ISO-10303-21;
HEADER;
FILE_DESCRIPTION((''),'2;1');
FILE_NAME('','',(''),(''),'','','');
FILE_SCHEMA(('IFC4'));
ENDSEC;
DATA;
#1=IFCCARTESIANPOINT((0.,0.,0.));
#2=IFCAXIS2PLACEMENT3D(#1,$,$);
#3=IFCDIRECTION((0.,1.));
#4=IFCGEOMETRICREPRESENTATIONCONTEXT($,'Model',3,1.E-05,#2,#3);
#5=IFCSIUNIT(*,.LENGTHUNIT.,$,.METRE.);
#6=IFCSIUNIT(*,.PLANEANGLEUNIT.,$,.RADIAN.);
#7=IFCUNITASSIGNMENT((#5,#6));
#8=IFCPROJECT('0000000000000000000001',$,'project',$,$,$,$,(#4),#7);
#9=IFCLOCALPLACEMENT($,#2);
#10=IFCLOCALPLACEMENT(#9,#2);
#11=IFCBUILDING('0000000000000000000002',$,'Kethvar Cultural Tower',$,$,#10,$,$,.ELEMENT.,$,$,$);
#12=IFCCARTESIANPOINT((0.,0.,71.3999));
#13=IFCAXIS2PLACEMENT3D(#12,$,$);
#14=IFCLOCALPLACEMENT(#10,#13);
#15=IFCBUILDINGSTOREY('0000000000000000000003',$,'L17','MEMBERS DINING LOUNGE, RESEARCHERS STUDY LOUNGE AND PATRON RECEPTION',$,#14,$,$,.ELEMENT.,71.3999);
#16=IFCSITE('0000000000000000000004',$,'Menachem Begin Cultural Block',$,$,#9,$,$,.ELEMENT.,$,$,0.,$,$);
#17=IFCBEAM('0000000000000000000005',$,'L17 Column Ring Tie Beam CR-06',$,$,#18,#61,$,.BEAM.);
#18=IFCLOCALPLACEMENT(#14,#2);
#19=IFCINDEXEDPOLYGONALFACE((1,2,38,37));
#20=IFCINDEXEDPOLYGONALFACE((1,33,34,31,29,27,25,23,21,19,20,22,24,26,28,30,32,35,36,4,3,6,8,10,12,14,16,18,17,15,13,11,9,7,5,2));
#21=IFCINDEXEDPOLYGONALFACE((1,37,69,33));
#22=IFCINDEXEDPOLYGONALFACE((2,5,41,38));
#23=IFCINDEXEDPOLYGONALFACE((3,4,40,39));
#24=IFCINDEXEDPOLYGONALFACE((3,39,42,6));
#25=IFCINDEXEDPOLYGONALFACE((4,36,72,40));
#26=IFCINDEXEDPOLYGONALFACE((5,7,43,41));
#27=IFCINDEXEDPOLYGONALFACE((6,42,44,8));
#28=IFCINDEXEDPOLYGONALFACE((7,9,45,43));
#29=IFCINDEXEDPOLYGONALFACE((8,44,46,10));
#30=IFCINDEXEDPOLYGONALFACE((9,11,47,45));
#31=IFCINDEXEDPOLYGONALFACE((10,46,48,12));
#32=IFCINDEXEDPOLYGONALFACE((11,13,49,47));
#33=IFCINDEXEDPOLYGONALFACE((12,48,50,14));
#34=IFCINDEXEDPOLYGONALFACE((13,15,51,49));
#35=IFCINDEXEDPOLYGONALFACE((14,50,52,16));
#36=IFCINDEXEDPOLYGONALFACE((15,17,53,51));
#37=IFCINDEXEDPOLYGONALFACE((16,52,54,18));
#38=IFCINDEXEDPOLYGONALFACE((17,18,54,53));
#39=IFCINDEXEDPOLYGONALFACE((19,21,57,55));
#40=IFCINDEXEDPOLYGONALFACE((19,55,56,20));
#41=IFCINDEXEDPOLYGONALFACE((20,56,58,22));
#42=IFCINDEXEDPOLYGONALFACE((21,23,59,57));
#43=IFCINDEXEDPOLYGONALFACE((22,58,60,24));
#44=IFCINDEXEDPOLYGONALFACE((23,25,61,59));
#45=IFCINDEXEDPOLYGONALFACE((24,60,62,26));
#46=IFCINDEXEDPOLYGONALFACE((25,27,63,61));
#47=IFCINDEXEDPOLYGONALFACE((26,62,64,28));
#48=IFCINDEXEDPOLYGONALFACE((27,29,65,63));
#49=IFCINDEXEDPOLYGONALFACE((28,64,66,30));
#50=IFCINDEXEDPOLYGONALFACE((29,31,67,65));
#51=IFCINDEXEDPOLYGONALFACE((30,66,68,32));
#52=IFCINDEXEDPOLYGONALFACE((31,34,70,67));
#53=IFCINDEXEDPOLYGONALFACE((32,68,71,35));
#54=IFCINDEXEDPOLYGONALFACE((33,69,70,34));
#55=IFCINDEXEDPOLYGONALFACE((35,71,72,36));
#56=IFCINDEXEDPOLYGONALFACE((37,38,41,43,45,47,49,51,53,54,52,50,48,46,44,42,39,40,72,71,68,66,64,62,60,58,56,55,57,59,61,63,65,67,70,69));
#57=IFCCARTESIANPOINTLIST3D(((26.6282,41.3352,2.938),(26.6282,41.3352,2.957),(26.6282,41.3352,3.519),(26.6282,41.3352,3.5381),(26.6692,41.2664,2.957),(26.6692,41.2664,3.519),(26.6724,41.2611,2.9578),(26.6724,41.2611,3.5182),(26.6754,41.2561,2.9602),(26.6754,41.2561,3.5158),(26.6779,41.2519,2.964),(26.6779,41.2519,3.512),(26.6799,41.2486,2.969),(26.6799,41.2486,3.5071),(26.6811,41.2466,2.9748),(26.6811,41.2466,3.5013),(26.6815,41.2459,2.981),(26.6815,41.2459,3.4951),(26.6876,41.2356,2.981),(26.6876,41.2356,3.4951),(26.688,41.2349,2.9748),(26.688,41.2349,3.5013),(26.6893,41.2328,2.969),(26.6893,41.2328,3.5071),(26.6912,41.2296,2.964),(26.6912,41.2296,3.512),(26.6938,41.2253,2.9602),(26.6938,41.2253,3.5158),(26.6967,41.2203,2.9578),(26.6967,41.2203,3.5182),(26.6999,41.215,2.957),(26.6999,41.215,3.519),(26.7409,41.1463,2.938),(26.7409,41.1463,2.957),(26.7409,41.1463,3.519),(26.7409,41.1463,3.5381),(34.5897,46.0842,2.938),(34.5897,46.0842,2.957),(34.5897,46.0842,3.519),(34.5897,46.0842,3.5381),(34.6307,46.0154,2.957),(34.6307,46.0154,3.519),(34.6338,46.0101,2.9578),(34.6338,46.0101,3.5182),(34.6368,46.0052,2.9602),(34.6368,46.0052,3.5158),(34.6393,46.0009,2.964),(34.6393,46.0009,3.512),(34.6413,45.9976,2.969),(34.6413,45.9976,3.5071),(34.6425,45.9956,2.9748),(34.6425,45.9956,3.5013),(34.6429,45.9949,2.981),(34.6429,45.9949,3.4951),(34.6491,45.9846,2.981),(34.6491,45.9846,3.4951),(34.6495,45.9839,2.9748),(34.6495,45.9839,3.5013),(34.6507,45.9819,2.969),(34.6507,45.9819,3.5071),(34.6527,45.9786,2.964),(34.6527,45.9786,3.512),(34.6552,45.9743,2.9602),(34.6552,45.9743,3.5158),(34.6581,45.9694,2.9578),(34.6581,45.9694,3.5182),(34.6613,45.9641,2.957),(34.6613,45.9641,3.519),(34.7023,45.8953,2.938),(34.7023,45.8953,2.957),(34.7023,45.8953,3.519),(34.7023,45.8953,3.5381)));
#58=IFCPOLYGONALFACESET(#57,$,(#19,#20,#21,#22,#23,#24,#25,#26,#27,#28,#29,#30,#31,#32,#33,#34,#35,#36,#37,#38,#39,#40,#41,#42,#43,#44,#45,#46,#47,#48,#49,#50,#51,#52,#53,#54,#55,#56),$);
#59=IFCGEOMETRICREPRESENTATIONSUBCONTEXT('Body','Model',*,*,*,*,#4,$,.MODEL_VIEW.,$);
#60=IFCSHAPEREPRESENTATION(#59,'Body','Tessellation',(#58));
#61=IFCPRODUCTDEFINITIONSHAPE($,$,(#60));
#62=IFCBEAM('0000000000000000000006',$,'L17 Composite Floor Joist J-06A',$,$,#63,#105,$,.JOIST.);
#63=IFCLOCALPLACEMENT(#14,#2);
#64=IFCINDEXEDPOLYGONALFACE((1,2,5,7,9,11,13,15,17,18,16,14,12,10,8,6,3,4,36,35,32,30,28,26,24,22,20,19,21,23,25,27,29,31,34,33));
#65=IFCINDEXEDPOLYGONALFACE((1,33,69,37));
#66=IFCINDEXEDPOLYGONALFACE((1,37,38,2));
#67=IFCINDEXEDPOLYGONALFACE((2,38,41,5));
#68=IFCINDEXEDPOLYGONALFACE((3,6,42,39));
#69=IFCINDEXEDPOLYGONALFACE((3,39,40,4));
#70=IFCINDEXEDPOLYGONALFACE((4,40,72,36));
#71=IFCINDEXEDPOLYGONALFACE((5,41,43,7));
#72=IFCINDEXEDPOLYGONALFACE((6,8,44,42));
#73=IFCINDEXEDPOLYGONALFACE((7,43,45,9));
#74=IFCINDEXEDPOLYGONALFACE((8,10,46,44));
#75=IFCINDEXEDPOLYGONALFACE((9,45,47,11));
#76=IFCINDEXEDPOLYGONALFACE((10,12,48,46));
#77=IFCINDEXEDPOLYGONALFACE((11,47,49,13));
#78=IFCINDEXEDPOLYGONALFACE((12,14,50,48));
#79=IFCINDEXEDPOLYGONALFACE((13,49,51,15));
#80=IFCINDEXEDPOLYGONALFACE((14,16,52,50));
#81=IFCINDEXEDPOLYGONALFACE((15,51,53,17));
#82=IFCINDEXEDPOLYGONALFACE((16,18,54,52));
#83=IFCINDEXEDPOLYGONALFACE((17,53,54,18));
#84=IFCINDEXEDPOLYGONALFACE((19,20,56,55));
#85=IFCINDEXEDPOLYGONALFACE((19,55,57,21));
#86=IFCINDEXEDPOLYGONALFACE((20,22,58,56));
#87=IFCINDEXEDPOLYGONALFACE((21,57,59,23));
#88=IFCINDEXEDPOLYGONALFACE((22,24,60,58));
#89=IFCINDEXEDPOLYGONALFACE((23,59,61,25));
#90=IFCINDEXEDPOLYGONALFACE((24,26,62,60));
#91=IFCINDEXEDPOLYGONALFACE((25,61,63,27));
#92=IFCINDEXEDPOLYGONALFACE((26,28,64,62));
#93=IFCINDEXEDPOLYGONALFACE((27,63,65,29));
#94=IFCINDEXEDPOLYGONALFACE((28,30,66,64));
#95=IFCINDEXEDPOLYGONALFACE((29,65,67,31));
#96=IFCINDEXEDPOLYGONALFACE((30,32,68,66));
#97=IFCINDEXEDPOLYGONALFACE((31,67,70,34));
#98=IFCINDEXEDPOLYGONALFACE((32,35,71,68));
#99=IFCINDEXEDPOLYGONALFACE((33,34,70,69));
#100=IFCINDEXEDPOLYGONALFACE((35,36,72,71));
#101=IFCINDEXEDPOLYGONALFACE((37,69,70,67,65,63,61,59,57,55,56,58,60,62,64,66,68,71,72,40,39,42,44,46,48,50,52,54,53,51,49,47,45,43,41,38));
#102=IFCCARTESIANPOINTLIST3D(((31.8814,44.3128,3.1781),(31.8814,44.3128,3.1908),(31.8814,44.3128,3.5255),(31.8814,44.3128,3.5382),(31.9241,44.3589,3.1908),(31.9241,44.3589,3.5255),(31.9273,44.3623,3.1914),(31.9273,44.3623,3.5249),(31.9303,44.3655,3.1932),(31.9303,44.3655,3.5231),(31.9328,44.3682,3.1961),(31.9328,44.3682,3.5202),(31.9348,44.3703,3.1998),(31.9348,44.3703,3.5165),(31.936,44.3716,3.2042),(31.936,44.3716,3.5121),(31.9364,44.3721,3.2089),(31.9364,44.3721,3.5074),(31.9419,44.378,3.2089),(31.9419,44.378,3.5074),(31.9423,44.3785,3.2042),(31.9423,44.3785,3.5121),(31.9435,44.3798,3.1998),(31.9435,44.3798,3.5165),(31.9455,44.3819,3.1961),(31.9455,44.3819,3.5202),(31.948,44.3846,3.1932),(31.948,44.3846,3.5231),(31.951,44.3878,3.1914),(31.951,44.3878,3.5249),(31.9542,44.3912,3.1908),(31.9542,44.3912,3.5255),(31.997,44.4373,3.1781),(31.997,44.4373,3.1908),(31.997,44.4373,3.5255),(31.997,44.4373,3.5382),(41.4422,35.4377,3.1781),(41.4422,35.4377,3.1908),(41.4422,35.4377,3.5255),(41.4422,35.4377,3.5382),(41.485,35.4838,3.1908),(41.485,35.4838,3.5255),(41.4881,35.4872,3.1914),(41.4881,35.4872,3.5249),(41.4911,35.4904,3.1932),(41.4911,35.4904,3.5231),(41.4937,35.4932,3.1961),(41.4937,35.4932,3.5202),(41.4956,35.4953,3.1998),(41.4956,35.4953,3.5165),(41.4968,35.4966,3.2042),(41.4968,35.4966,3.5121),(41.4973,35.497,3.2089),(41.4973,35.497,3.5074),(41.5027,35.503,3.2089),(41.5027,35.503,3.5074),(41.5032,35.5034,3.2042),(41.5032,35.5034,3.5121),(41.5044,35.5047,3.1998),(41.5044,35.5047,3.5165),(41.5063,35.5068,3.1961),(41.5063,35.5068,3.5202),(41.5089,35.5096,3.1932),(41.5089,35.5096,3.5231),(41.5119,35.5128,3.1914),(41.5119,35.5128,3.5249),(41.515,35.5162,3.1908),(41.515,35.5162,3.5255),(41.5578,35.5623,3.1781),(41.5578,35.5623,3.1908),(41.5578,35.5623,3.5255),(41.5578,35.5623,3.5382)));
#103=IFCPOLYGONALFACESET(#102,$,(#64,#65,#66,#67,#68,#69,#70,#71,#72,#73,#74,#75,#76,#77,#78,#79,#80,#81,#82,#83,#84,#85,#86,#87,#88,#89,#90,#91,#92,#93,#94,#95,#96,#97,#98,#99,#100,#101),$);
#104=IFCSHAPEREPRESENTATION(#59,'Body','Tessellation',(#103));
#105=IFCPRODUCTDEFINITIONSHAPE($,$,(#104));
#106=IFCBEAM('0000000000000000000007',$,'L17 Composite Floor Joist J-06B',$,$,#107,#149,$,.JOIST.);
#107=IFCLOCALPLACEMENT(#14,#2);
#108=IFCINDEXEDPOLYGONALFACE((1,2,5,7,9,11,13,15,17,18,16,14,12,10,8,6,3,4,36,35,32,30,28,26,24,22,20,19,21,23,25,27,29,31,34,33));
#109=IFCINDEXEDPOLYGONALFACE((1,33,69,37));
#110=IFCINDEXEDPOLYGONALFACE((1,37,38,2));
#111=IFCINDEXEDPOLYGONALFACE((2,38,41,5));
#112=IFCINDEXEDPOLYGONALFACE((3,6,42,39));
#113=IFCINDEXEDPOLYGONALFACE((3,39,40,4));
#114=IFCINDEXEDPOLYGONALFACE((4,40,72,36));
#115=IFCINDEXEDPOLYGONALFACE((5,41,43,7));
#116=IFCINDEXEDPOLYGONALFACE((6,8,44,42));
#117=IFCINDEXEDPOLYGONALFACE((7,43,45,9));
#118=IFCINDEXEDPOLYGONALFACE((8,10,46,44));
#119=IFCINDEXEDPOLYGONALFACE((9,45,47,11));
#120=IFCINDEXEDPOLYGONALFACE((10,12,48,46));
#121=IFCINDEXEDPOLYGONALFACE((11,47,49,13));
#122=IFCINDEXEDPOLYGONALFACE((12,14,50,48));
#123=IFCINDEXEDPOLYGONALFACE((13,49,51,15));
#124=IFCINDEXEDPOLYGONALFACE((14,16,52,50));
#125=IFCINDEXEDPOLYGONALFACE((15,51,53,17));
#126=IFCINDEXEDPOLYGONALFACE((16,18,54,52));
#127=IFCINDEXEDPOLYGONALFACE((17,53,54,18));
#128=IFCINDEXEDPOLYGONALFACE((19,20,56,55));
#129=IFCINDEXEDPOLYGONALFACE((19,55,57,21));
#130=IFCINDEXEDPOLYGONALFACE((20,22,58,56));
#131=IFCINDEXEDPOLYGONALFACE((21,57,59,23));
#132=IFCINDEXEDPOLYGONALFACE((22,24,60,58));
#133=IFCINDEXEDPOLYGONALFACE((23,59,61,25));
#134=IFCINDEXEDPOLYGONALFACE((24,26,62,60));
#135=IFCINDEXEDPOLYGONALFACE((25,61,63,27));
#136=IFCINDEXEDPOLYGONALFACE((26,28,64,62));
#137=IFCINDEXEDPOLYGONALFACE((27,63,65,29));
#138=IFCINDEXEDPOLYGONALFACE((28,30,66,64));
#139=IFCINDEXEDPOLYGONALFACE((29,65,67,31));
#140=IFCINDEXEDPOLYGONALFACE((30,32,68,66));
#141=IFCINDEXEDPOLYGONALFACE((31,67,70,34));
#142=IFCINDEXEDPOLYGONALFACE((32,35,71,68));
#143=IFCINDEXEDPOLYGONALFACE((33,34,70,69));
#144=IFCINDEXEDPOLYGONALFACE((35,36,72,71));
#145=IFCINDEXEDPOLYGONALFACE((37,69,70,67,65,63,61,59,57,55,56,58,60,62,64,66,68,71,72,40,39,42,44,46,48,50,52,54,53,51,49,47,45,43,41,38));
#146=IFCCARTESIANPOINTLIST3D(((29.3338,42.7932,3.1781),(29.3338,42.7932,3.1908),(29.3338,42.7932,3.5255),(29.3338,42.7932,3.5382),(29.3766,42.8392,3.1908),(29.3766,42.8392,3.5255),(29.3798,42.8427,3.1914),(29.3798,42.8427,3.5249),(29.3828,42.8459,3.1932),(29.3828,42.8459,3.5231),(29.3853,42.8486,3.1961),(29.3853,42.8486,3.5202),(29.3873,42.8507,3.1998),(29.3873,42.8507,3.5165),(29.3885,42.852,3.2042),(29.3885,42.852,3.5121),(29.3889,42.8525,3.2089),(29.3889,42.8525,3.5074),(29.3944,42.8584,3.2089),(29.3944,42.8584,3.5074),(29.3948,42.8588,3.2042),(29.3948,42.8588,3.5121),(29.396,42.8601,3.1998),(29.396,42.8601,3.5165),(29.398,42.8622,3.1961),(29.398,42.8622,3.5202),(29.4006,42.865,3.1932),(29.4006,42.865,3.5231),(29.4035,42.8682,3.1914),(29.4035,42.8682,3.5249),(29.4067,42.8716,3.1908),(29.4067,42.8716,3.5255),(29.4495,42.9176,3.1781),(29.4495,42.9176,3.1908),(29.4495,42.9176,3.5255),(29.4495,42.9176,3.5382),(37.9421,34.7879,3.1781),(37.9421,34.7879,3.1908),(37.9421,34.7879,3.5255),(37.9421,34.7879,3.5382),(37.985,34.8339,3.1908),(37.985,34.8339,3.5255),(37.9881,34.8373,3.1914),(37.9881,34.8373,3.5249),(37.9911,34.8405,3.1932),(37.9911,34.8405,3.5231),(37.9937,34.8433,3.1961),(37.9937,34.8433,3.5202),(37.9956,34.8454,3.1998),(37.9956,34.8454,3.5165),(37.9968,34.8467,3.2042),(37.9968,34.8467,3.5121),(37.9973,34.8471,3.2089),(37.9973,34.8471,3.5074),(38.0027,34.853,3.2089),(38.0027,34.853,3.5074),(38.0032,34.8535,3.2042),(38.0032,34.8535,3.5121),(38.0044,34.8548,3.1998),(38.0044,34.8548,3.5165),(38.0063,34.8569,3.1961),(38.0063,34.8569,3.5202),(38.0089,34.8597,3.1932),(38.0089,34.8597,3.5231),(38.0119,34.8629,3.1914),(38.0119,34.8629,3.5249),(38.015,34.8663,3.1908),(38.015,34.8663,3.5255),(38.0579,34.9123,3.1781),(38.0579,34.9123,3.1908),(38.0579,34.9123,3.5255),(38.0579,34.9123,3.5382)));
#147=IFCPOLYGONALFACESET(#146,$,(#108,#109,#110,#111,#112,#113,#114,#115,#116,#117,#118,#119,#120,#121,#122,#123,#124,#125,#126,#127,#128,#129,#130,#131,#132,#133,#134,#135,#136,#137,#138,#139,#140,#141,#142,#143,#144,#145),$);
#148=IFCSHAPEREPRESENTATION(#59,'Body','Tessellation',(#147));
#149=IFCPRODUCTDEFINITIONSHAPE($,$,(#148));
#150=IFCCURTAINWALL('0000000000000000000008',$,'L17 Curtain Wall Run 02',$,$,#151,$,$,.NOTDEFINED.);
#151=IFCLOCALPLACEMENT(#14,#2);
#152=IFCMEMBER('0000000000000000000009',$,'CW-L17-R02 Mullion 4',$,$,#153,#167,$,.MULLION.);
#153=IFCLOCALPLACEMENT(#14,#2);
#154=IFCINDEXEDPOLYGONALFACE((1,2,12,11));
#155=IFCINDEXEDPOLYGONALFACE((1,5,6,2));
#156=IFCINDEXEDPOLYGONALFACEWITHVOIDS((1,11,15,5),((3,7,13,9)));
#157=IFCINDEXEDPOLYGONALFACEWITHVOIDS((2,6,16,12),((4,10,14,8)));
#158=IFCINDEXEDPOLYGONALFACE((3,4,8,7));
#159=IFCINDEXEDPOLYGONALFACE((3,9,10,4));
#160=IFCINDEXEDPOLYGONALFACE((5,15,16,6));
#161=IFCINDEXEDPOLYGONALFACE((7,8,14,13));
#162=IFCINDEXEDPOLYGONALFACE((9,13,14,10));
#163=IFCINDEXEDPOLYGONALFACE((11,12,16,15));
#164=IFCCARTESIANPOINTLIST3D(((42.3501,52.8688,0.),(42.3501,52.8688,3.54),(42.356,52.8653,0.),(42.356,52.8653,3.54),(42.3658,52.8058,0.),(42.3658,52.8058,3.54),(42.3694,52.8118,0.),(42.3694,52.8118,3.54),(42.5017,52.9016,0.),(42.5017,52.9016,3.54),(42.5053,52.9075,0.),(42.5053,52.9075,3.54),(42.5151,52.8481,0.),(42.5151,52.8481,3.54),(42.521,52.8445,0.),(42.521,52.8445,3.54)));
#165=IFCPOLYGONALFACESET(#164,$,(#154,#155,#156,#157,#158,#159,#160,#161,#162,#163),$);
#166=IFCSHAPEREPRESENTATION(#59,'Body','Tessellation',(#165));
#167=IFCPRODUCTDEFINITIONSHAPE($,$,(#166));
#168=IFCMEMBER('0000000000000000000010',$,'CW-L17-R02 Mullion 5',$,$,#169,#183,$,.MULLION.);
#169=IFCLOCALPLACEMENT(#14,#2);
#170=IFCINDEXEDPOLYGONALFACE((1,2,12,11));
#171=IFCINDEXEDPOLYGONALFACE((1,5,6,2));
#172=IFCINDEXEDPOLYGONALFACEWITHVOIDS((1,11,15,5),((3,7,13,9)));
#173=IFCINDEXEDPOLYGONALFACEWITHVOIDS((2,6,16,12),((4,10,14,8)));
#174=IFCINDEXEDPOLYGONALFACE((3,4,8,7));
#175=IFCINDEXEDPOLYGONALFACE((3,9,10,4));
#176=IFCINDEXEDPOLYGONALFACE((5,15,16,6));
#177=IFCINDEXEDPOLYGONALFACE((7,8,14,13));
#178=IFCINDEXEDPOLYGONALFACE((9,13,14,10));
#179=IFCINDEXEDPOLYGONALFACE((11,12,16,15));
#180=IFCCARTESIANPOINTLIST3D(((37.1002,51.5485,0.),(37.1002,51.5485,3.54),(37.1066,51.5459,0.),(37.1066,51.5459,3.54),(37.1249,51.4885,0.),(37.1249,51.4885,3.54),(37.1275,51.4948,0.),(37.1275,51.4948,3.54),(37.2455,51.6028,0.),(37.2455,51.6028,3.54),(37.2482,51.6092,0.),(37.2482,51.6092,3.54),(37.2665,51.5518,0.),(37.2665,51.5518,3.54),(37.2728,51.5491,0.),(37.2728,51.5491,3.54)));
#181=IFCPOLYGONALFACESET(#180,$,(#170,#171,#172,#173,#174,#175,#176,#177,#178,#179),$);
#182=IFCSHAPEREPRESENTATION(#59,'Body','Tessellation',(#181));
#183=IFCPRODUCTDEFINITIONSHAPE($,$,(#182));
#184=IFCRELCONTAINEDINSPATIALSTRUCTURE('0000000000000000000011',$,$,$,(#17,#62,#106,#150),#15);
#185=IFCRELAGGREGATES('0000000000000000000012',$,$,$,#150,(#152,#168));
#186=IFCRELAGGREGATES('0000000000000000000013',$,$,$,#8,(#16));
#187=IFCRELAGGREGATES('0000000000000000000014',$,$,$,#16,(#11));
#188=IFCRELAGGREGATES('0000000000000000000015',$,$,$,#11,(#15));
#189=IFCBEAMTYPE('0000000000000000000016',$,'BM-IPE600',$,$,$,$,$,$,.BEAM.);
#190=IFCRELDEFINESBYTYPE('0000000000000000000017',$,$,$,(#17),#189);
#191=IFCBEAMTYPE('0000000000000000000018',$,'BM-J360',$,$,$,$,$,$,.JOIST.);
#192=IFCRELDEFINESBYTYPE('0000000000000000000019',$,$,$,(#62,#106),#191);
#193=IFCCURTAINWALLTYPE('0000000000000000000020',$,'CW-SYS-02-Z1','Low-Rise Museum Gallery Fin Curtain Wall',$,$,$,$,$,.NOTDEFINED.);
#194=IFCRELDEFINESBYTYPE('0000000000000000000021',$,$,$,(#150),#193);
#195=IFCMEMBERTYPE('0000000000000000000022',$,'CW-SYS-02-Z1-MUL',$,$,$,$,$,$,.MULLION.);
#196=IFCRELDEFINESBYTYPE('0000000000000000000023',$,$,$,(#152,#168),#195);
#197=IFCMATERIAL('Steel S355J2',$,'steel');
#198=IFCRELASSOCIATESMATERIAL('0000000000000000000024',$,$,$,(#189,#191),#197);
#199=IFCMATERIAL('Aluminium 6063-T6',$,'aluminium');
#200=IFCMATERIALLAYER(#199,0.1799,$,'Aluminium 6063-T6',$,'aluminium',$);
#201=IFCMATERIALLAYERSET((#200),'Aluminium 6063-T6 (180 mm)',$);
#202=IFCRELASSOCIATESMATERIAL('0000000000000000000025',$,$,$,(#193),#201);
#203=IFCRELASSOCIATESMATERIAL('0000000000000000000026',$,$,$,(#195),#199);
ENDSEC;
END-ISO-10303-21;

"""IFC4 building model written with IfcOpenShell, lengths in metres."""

from ifc_helpers import new_model, si_unit, direction, frame, origin, origin_2d, place, context, subcontext, project, spatial, hollow_rectangle, i_section, extrude, source, transform, mapped, material, layer, layer_set, material_profile, profile_set, type_object, element, aggregate, save


model = new_model("IFC4")

# Units and contexts
model_context = context("Model", 3, precision=1e-05, world=origin(), true_north=direction((0.0, 1.0)))
body_context = subcontext(model_context, "Body", "Model", "MODEL_VIEW")
ifc_project = project(units=[si_unit("LENGTHUNIT", "METRE"), si_unit("PLANEANGLEUNIT", "RADIAN")], contexts=[model_context])

# Site, building, storey
site_placement = place(None, origin())
site = spatial("IfcSite", under=ifc_project, at=site_placement, Name="Menachem Begin Cultural Block", CompositionType="ELEMENT", RefElevation=0.0)
building_placement = place(site_placement, origin())
building = spatial("IfcBuilding", under=site, at=building_placement, Name="Kethvar Cultural Tower", CompositionType="ELEMENT")
storey_placement = place(building_placement, frame((0.0, 0.0, 71.3999)))
storey = spatial("IfcBuildingStorey", under=building, at=storey_placement, Name="L17", Description="MEMBERS DINING LOUNGE, RESEARCHERS STUDY LOUNGE AND PATRON RECEPTION", CompositionType="ELEMENT", Elevation=71.3999)

# Beams
ifc_material_1 = material(Name="Steel S355J2", Category="steel")
ifc_material_profile_1 = material_profile(ifc_material_1, i_section(OverallWidth=0.22, OverallDepth=0.6001, WebThickness=0.012, FlangeThickness=0.019, FilletRadius=0.0239, at=origin_2d()), Name="Steel S355J2 — IPE600")
ifc_profile_set_1 = profile_set([ifc_material_profile_1], Name="Steel S355J2 — IPE600")
beam_type_1 = type_object("IfcBeamType", Name="BM-IPE600", PredefinedType="BEAM", material=ifc_profile_set_1)
ifc_material_profile_2 = material_profile(ifc_material_1, i_section(OverallWidth=0.1699, OverallDepth=0.3601, WebThickness=0.0081, FlangeThickness=0.0127, FilletRadius=0.0181, at=origin_2d()), Name="Steel S355J2 — IPE360")
ifc_profile_set_2 = profile_set([ifc_material_profile_2], Name="Steel S355J2 — IPE360")
beam_type_2 = type_object("IfcBeamType", Name="BM-J360", PredefinedType="JOIST", material=ifc_profile_set_2)
shared_shape_1 = source(origin(), body_context, "Body", "SweptSolid", [
    extrude(i_section(OverallWidth=0.22, OverallDepth=0.6001, WebThickness=0.012, FlangeThickness=0.019, FilletRadius=0.0239, at=origin_2d()), origin(), (0.0, 0.0, 1.0), 9.2703),
])
beam_1_placement = place(storey_placement, frame((34.646, 45.9897, 3.238), z_axis=(-0.858815, -0.512286, 0.0), x_axis=(0.512286, -0.858815, 0.0)))
element("IfcBeam", 1, at=beam_1_placement, inside=storey, type_object=beam_type_1, Name="L17 Column Ring Tie Beam CR-06", PredefinedType="BEAM", context=body_context, shape_type="MappedRepresentation", body=[
    mapped(shared_shape_1, transform((0.0, 0.0, 0.0), scale=1.0)),
])
shared_shape_2 = source(origin(), body_context, "Body", "SweptSolid", [
    extrude(i_section(OverallWidth=0.1699, OverallDepth=0.3601, WebThickness=0.0081, FlangeThickness=0.0127, FilletRadius=0.0181, at=origin_2d()), origin(), (0.0, 0.0, 1.0), 13.0452),
])
beam_2_placement = place(storey_placement, frame((41.5, 35.5, 3.3582), z_axis=(-0.732903, 0.680333, 0.0), x_axis=(-0.680333, -0.732903, 0.0)))
element("IfcBeam", 2, at=beam_2_placement, inside=storey, type_object=beam_type_2, Name="L17 Composite Floor Joist J-06A", PredefinedType="JOIST", context=body_context, shape_type="MappedRepresentation", body=[
    mapped(shared_shape_2, transform((0.0, 0.0, 0.0), scale=1.0)),
])
shared_shape_3 = source(origin(), body_context, "Body", "SweptSolid", [
    extrude(i_section(OverallWidth=0.1699, OverallDepth=0.3601, WebThickness=0.0081, FlangeThickness=0.0127, FilletRadius=0.0181, at=origin_2d()), origin(), (0.0, 0.0, 1.0), 11.7554),
])
beam_3_placement = place(storey_placement, frame((38.0, 34.8501, 3.3582), z_axis=(-0.73229, 0.680993, 0.0), x_axis=(-0.680993, -0.73229, 0.0)))
element("IfcBeam", 3, at=beam_3_placement, inside=storey, type_object=beam_type_2, Name="L17 Composite Floor Joist J-06B", PredefinedType="JOIST", context=body_context, shape_type="MappedRepresentation", body=[
    mapped(shared_shape_3, transform((0.0, 0.0, 0.0), scale=1.0)),
])

# Curtain wall, members
ifc_material_2 = material(Name="Aluminium 6063-T6", Category="aluminium")
ifc_layer_1 = layer(ifc_material_2, 0.1799, Name="Aluminium 6063-T6", Category="aluminium")
ifc_layer_set_1 = layer_set([ifc_layer_1], Name="Aluminium 6063-T6 (180 mm)")
curtain_wall_type = type_object("IfcCurtainWallType", Name="CW-SYS-02-Z1", Description="Low-Rise Museum Gallery Fin Curtain Wall", PredefinedType="NOTDEFINED", material=ifc_layer_set_1)
curtain_wall_placement = place(storey_placement, origin())
curtain_wall = element("IfcCurtainWall", 4, at=curtain_wall_placement, inside=storey, type_object=curtain_wall_type, Name="L17 Curtain Wall Run 02", PredefinedType="NOTDEFINED")
ifc_material_profile_3 = material_profile(ifc_material_2, hollow_rectangle(XDim=0.0649, YDim=0.1599, WallThickness=0.0049, at=origin_2d()), Name="Aluminium 6063-T6 — RHS160x65x5")
ifc_profile_set_3 = profile_set([ifc_material_profile_3], Name="Aluminium 6063-T6 — RHS160x65x5")
member_type_1 = type_object("IfcMemberType", Name="CW-SYS-02-Z1-MUL", PredefinedType="MULLION", material=ifc_profile_set_3)
shared_shape_4 = source(origin(), body_context, "Body", "SweptSolid", [
    extrude(hollow_rectangle(XDim=0.0649, YDim=0.1599, WallThickness=0.0049, at=origin_2d()), origin(), (0.0, 0.0, 1.0), 3.54),
])
member_1_placement = place(storey_placement, frame((42.4355, 52.8567, 0.0), z_axis=(0.0, 0.0, 1.0), x_axis=(0.241973, -0.970283, 0.0)))
member_1 = element("IfcMember", 5, at=member_1_placement, type_object=member_type_1, Name="CW-L17-R02 Mullion 4", PredefinedType="MULLION", context=body_context, shape_type="MappedRepresentation", body=[
    mapped(shared_shape_4, transform((0.0, 0.0, 0.0), scale=1.0)),
])
member_2_placement = place(storey_placement, frame((37.1865, 51.5488, 0.0), z_axis=(0.0, 0.0, 1.0), x_axis=(0.379262, -0.925289, 0.0)))
member_2 = element("IfcMember", 6, at=member_2_placement, type_object=member_type_1, Name="CW-L17-R02 Mullion 5", PredefinedType="MULLION", context=body_context, shape_type="MappedRepresentation", body=[
    mapped(shared_shape_4, transform((0.0, 0.0, 0.0), scale=1.0)),
])
aggregate(curtain_wall, [member_1, member_2])

save(model, "model.ifc")
